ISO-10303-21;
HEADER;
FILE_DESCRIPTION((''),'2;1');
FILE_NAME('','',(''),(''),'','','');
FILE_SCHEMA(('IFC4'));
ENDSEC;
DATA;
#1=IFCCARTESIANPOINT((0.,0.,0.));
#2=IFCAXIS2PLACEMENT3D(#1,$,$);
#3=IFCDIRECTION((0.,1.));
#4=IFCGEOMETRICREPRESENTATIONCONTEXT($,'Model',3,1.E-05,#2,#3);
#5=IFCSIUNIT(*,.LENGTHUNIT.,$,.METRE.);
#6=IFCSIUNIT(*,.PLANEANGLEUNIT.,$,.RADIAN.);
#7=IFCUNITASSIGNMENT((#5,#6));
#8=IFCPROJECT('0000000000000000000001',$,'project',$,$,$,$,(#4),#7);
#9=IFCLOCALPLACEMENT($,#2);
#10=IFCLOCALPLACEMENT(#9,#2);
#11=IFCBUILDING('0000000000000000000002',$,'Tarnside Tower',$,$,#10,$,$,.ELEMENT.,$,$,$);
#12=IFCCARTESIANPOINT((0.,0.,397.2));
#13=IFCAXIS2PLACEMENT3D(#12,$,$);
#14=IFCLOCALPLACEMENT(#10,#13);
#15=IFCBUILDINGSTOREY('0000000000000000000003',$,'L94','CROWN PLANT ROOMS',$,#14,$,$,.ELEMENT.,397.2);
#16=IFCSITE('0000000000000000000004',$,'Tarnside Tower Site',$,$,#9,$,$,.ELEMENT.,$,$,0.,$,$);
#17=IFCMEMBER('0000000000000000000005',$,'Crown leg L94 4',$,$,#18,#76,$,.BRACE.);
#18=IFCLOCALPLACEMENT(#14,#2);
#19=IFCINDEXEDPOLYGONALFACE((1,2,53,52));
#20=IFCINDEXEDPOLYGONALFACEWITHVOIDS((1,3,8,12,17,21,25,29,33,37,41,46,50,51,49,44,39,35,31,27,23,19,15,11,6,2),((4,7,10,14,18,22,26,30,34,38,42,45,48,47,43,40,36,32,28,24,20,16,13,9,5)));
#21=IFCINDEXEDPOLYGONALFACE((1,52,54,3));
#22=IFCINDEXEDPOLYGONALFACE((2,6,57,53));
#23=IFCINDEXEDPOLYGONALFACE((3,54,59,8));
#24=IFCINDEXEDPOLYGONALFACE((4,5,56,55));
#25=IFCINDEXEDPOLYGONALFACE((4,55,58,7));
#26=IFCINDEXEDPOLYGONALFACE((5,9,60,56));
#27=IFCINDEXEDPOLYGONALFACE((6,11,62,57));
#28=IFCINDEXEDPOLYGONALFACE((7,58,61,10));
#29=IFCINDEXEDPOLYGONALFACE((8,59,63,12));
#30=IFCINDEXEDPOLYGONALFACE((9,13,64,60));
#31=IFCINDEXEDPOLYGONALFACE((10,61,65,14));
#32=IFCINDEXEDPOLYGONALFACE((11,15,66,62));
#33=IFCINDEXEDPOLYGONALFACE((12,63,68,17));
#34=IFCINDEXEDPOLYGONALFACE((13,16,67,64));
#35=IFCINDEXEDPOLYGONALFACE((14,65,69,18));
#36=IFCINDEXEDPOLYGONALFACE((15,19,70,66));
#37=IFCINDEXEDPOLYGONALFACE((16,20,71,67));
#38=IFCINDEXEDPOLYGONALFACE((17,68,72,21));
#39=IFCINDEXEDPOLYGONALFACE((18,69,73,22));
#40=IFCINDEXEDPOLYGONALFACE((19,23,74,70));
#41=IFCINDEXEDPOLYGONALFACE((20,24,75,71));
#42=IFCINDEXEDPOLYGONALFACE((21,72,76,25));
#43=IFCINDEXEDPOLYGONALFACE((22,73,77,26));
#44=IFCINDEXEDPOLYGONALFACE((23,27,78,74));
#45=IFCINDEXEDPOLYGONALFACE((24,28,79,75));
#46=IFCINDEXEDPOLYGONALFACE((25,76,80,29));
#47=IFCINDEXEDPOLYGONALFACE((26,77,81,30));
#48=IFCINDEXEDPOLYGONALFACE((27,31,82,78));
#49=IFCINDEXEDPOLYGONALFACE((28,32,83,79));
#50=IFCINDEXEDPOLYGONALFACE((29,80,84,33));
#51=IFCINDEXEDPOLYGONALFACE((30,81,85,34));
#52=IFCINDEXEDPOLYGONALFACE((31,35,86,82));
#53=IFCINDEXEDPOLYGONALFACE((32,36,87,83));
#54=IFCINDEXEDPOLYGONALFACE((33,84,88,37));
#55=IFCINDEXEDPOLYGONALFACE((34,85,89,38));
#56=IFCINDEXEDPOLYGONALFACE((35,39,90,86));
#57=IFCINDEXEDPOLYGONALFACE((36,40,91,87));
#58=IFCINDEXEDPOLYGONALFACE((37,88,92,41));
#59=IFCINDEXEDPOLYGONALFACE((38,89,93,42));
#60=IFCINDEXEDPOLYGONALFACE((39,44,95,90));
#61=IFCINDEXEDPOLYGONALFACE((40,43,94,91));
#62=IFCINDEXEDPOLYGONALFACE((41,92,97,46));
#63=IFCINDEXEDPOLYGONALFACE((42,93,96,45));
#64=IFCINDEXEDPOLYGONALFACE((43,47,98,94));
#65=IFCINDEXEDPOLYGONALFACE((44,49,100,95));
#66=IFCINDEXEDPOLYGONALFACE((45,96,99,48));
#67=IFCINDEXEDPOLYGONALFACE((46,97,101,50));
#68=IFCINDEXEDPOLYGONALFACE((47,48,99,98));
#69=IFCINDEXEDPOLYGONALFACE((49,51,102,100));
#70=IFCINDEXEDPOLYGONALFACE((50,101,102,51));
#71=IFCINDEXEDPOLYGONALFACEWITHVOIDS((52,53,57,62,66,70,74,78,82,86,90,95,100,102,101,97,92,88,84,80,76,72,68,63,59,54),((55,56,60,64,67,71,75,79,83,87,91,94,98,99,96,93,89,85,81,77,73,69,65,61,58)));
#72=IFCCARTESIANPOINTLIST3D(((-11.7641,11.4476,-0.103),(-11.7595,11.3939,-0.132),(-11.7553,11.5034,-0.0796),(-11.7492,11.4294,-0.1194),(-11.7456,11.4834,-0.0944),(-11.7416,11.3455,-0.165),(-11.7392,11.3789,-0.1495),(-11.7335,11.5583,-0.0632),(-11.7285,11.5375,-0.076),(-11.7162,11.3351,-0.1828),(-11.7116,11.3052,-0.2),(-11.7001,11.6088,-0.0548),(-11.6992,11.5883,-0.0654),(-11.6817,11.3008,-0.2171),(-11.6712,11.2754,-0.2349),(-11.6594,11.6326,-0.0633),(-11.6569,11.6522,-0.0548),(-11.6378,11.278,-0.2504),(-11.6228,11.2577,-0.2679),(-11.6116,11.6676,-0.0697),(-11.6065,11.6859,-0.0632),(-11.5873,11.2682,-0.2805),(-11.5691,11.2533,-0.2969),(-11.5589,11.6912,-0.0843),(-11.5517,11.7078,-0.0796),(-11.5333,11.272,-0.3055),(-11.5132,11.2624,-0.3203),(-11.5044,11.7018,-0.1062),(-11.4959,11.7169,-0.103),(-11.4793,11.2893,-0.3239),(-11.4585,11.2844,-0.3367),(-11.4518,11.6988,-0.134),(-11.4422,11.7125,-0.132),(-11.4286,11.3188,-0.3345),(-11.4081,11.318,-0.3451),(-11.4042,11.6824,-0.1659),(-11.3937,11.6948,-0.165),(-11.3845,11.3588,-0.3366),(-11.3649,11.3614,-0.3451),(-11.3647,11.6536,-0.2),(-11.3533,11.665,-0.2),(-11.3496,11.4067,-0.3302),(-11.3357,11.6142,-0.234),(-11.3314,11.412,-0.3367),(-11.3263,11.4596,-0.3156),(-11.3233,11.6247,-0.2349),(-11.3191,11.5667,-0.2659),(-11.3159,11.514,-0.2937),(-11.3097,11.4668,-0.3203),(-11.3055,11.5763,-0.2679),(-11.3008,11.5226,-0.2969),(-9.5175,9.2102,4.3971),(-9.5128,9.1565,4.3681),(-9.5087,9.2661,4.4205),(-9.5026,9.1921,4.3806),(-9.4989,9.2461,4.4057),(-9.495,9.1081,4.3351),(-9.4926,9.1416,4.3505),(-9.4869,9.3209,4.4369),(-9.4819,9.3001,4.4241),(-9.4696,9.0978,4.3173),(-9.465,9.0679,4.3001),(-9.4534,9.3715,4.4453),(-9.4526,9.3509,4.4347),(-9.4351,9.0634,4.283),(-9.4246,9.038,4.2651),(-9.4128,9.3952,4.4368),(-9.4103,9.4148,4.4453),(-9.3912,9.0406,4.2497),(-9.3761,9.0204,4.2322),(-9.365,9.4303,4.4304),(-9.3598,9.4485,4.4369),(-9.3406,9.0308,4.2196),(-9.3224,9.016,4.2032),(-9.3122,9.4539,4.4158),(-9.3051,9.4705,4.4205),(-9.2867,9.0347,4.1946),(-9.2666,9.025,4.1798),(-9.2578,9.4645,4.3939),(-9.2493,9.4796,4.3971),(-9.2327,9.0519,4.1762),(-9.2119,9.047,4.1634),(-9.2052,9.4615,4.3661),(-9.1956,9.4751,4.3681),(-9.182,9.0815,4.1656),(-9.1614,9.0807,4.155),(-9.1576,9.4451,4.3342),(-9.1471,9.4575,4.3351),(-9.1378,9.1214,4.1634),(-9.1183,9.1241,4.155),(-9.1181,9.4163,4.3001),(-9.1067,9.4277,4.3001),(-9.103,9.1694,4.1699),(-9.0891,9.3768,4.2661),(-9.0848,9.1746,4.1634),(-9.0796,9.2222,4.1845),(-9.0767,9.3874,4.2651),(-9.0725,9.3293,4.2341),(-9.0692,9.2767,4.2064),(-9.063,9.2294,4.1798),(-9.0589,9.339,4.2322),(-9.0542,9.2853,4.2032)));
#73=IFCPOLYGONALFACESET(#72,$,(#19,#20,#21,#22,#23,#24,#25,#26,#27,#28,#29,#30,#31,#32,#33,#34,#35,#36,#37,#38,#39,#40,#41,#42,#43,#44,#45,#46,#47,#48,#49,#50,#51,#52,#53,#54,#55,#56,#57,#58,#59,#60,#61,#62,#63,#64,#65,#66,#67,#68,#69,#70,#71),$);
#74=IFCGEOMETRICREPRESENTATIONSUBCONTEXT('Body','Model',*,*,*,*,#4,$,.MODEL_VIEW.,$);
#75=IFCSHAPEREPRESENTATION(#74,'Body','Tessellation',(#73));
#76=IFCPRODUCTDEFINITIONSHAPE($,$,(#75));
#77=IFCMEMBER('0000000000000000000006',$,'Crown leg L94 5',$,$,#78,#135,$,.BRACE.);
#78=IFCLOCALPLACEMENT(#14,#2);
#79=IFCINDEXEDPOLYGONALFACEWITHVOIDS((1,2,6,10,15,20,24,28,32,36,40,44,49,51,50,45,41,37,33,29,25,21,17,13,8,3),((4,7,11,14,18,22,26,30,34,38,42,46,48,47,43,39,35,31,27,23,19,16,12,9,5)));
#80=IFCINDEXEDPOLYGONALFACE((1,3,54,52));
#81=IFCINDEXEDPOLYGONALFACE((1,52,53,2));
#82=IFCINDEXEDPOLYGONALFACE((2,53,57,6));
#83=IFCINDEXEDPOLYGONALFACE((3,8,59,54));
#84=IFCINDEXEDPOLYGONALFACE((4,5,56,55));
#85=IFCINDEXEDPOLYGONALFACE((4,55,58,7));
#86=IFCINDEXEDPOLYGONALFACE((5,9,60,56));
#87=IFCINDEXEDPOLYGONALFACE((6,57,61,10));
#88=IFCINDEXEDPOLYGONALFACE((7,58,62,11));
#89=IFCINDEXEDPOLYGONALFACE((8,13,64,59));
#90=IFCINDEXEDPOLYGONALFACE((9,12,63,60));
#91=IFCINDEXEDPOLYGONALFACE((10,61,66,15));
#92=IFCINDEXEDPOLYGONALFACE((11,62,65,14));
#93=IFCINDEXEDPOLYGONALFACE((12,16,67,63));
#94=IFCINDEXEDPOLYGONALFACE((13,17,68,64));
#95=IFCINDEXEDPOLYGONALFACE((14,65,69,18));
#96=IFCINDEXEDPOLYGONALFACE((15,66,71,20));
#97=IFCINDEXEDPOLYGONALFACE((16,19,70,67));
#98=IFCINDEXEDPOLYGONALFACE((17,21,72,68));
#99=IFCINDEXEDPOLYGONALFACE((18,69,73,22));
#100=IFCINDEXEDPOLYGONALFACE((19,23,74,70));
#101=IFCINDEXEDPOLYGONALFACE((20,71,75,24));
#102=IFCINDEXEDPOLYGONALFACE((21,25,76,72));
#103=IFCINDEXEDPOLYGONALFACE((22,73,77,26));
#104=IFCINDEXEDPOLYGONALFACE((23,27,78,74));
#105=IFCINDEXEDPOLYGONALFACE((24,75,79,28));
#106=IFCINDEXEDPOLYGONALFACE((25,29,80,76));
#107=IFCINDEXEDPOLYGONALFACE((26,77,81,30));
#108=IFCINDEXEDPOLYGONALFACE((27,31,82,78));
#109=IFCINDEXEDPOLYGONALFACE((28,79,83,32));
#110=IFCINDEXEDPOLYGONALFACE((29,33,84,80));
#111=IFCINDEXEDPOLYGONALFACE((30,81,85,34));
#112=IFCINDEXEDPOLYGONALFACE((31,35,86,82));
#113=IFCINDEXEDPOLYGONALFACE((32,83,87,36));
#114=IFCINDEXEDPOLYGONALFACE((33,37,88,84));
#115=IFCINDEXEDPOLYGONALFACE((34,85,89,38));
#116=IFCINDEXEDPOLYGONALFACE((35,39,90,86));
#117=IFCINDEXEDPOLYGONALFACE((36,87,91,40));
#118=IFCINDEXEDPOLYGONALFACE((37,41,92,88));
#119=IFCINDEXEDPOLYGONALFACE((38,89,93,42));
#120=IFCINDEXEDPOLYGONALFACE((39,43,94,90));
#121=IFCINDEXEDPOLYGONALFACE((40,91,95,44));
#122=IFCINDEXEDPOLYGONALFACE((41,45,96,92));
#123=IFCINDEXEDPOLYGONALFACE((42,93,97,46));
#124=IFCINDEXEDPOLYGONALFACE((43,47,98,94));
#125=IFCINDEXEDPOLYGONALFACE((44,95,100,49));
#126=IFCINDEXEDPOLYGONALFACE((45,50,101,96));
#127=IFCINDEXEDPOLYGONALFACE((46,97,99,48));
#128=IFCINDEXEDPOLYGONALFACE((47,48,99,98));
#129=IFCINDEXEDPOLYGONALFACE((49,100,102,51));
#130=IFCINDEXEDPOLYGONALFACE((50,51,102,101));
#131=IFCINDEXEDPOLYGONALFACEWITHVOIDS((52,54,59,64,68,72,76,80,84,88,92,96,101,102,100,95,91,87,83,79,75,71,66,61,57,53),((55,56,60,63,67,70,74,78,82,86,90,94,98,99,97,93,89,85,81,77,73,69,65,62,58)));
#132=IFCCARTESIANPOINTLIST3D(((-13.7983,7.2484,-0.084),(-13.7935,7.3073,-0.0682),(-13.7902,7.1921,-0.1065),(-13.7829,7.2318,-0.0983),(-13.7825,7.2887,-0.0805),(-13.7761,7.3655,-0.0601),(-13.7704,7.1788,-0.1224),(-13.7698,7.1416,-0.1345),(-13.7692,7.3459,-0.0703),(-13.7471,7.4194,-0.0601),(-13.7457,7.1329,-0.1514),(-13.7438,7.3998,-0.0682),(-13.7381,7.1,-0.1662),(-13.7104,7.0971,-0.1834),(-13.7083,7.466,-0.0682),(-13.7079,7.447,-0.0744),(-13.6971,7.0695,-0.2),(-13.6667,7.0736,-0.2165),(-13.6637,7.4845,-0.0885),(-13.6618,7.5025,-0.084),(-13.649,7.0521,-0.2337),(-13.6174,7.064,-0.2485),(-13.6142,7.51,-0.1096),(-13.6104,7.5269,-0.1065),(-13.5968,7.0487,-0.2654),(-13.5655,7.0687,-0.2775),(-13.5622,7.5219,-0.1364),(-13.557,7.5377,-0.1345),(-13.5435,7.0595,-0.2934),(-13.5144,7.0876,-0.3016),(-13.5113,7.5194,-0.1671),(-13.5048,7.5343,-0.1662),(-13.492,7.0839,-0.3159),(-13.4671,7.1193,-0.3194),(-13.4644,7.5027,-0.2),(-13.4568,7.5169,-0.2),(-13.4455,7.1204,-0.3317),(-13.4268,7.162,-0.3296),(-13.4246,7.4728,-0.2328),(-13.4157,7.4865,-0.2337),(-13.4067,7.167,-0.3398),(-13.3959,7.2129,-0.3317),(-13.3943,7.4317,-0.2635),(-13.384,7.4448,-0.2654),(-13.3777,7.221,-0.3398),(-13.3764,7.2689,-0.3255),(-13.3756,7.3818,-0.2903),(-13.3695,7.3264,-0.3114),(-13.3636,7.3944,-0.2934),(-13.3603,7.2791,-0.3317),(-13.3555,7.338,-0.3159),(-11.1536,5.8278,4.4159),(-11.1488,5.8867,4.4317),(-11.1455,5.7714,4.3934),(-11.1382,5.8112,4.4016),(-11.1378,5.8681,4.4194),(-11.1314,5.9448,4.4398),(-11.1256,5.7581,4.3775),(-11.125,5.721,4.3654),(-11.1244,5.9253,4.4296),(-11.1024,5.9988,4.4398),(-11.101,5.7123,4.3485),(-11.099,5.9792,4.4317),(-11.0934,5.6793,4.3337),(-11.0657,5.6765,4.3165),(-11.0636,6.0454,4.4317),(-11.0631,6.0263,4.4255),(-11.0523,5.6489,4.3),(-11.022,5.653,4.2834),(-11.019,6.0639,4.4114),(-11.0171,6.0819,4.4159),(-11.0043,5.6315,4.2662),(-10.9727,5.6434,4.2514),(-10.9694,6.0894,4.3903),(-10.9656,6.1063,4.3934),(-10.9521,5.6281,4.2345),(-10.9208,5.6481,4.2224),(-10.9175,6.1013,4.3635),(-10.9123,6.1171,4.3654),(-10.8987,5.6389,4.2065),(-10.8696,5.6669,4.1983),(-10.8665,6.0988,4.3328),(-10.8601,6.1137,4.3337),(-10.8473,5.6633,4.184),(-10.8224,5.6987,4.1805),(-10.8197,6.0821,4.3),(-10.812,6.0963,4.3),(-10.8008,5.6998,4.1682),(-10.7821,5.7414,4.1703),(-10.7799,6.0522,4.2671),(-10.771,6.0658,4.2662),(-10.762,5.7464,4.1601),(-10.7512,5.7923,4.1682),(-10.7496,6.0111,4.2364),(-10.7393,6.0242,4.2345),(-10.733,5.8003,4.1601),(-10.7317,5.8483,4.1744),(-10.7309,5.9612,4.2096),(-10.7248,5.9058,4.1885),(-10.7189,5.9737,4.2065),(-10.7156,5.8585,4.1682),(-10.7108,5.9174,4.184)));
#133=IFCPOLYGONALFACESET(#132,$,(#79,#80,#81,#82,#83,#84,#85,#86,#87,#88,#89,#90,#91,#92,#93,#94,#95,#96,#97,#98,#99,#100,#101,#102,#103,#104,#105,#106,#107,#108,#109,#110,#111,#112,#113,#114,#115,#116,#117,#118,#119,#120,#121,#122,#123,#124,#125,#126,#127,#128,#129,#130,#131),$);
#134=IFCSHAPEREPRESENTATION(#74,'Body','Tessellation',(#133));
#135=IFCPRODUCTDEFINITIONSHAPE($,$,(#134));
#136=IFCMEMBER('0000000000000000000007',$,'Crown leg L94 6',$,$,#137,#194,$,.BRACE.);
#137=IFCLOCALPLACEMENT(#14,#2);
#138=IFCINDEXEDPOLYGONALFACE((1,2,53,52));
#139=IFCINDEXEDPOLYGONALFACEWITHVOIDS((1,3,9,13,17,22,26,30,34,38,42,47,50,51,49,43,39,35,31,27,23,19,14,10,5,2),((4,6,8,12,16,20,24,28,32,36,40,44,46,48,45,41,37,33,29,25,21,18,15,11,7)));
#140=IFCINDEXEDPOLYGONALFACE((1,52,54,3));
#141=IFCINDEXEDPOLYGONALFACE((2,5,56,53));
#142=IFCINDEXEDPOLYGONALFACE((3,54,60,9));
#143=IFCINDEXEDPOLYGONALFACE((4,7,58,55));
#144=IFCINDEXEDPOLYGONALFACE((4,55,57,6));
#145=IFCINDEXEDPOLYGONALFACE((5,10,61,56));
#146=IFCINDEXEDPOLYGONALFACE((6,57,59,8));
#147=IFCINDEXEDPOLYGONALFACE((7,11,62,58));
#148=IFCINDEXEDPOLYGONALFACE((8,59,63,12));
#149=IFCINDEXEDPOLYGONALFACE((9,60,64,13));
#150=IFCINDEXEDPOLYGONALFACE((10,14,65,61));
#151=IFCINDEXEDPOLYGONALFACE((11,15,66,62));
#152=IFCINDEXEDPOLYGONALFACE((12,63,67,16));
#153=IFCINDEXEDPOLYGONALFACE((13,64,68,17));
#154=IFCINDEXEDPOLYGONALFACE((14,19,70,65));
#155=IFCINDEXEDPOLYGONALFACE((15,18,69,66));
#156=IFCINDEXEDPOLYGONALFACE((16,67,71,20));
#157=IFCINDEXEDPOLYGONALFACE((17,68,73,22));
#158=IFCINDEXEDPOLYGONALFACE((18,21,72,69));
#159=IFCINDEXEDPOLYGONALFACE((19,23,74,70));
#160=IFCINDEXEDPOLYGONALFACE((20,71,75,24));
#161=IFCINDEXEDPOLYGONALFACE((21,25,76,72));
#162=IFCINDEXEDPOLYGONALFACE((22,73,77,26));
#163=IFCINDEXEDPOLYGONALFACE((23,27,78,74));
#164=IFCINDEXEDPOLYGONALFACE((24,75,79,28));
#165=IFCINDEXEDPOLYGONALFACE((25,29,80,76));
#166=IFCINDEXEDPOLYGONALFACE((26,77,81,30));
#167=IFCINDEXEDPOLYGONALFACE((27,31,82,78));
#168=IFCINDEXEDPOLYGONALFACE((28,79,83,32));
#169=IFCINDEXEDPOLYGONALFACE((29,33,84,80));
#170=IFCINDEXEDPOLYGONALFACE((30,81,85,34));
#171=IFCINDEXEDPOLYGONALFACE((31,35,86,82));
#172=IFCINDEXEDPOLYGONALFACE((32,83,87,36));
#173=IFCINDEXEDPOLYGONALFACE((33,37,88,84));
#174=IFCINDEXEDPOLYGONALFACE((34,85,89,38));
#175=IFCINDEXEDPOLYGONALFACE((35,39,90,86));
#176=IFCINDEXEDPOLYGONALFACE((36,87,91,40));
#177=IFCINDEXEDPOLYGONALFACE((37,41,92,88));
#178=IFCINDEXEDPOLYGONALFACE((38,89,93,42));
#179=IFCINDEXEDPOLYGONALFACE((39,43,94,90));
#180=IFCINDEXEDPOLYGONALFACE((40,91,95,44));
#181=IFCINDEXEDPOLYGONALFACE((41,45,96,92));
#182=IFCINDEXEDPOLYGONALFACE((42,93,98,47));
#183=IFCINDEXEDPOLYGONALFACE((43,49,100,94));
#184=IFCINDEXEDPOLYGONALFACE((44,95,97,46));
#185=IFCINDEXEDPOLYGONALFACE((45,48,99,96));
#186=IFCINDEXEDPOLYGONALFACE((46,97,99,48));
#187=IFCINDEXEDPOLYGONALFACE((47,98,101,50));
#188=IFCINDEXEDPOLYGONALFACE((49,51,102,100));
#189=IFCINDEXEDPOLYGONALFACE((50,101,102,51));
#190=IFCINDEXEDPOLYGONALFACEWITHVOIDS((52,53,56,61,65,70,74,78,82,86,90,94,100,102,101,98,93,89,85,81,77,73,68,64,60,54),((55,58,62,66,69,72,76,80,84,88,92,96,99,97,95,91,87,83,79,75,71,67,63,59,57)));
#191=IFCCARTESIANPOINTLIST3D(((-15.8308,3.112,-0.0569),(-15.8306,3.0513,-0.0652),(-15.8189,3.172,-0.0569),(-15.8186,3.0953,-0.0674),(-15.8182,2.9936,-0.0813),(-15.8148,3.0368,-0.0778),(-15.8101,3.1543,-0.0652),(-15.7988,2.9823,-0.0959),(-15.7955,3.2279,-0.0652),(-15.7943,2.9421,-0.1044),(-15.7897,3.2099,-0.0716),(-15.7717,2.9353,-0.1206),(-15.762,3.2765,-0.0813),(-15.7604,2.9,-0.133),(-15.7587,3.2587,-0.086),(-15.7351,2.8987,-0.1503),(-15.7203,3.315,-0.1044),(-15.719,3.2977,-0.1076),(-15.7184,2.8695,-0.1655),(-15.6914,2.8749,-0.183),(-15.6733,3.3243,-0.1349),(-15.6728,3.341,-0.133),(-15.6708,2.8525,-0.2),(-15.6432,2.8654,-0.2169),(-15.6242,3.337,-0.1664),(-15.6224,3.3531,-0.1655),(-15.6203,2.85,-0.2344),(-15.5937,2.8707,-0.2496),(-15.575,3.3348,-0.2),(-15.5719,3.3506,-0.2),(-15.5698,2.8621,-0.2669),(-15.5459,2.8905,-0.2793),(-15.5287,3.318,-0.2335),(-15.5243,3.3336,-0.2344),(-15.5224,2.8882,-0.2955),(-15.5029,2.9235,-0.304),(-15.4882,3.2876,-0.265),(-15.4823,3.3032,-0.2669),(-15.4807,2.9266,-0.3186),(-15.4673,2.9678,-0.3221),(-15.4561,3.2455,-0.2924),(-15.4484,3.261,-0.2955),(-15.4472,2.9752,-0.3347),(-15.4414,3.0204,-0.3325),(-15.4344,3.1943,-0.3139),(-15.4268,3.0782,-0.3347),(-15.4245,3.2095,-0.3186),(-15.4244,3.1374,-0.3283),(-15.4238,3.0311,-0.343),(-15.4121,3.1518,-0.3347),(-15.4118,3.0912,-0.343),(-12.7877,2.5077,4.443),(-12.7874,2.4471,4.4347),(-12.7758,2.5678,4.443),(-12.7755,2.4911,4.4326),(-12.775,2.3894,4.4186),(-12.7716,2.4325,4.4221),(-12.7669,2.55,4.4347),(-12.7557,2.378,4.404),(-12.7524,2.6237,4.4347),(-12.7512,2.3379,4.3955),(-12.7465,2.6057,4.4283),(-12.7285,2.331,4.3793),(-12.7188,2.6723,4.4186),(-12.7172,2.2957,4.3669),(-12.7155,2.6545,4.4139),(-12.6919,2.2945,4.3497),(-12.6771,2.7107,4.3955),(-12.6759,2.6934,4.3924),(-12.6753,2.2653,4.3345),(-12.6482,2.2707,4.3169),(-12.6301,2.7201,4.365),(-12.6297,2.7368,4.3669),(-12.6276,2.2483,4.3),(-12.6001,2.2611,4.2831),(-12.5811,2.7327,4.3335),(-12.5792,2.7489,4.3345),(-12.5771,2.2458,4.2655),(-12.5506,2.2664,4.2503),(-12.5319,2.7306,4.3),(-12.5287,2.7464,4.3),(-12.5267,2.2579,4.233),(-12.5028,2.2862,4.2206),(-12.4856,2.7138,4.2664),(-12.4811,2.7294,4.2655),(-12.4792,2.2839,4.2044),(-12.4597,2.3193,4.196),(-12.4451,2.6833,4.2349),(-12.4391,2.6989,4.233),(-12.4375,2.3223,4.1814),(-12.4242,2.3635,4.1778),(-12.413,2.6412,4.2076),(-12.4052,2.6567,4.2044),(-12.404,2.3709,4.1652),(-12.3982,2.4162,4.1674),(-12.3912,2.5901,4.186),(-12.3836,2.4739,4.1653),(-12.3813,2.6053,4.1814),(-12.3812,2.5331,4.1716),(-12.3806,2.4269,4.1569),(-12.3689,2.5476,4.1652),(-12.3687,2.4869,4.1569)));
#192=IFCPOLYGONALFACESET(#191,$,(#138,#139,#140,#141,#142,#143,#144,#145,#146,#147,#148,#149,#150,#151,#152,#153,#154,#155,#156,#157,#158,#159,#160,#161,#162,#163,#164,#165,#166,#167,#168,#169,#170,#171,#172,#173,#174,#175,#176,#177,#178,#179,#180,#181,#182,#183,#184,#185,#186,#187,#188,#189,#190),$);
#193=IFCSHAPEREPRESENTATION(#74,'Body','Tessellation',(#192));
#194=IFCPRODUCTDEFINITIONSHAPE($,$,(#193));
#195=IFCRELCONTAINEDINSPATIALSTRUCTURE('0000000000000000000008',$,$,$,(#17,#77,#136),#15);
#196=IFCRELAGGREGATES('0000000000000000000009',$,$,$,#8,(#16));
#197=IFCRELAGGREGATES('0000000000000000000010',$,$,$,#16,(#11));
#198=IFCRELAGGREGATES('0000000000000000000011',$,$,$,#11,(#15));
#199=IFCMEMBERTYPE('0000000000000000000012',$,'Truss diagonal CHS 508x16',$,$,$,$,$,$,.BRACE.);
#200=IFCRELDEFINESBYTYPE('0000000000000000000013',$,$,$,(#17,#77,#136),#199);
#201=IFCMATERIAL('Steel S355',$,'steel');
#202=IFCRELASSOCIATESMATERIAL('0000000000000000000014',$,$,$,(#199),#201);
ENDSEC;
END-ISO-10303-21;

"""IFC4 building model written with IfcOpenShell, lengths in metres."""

from ifc_helpers import new_model, si_unit, direction, frame, origin, origin_2d, place, context, subcontext, project, spatial, hollow_circle, extrude, material, material_profile, profile_set, type_object, element, save


model = new_model("IFC4")

# Units and contexts
model_context = context("Model", 3, precision=1e-05, world=origin(), true_north=direction((0.0, 1.0)))
body_context = subcontext(model_context, "Body", "Model", "MODEL_VIEW")
ifc_project = project(units=[si_unit("LENGTHUNIT", "METRE"), si_unit("PLANEANGLEUNIT", "RADIAN")], contexts=[model_context])

# Site, building, storey
site_placement = place(None, origin())
site = spatial("IfcSite", under=ifc_project, at=site_placement, Name="Tarnside Tower Site", CompositionType="ELEMENT", RefElevation=0.0)
building_placement = place(site_placement, origin())
building = spatial("IfcBuilding", under=site, at=building_placement, Name="Tarnside Tower", CompositionType="ELEMENT")
storey_placement = place(building_placement, frame((0.0, 0.0, 397.2)))
storey = spatial("IfcBuildingStorey", under=building, at=storey_placement, Name="L94", Description="CROWN PLANT ROOMS", CompositionType="ELEMENT", Elevation=397.2)

# Shared definitions
ifc_material_1 = material(Name="Steel S355", Category="steel")

# Members
ifc_material_profile_1 = material_profile(ifc_material_1, hollow_circle(Radius=0.2539, WallThickness=0.0161, at=origin_2d()), Name="CHS 508x16")
ifc_profile_set_1 = profile_set([ifc_material_profile_1], Name="Steel S355")
member_type_1 = type_object("IfcMemberType", Name="Truss diagonal CHS 508x16", PredefinedType="BRACE", material=ifc_profile_set_1)
member_1_placement = place(storey_placement, frame((-11.5325, 11.4851, -0.2), z_axis=(0.408114, -0.406429, 0.817471), x_axis=(0.705642, 0.708568, 0.0)))
element("IfcMember", 1, at=member_1_placement, inside=storey, type_object=member_type_1, Name="Crown leg L94 4", PredefinedType="BRACE", context=body_context, shape_type="SweptSolid", body=[
    extrude(hollow_circle(Radius=0.2539, WallThickness=0.0161, at=origin_2d()), origin(), (0.0, 0.0, 1.0), 5.5049),
])
member_2_placement = place(storey_placement, frame((-13.5769, 7.2932, -0.2), z_axis=(0.48891, -0.26262, 0.831864), x_axis=(0.473207, 0.880951, 0.0)))
element("IfcMember", 2, at=member_2_placement, inside=storey, type_object=member_type_1, Name="Crown leg L94 5", PredefinedType="BRACE", context=body_context, shape_type="SweptSolid", body=[
    extrude(hollow_circle(Radius=0.2539, WallThickness=0.0161, at=origin_2d()), origin(), (0.0, 0.0, 1.0), 5.4094),
])
member_3_placement = place(storey_placement, frame((-15.6213, 3.1016, -0.2), z_axis=(0.556762, -0.110548, 0.823283), x_axis=(0.194754, 0.980852, 0.0)))
element("IfcMember", 3, at=member_3_placement, inside=storey, type_object=member_type_1, Name="Crown leg L94 6", PredefinedType="BRACE", context=body_context, shape_type="SweptSolid", body=[
    extrude(hollow_circle(Radius=0.2539, WallThickness=0.0161, at=origin_2d()), origin(), (0.0, 0.0, 1.0), 5.4658),
])

save(model, "model.ifc")
